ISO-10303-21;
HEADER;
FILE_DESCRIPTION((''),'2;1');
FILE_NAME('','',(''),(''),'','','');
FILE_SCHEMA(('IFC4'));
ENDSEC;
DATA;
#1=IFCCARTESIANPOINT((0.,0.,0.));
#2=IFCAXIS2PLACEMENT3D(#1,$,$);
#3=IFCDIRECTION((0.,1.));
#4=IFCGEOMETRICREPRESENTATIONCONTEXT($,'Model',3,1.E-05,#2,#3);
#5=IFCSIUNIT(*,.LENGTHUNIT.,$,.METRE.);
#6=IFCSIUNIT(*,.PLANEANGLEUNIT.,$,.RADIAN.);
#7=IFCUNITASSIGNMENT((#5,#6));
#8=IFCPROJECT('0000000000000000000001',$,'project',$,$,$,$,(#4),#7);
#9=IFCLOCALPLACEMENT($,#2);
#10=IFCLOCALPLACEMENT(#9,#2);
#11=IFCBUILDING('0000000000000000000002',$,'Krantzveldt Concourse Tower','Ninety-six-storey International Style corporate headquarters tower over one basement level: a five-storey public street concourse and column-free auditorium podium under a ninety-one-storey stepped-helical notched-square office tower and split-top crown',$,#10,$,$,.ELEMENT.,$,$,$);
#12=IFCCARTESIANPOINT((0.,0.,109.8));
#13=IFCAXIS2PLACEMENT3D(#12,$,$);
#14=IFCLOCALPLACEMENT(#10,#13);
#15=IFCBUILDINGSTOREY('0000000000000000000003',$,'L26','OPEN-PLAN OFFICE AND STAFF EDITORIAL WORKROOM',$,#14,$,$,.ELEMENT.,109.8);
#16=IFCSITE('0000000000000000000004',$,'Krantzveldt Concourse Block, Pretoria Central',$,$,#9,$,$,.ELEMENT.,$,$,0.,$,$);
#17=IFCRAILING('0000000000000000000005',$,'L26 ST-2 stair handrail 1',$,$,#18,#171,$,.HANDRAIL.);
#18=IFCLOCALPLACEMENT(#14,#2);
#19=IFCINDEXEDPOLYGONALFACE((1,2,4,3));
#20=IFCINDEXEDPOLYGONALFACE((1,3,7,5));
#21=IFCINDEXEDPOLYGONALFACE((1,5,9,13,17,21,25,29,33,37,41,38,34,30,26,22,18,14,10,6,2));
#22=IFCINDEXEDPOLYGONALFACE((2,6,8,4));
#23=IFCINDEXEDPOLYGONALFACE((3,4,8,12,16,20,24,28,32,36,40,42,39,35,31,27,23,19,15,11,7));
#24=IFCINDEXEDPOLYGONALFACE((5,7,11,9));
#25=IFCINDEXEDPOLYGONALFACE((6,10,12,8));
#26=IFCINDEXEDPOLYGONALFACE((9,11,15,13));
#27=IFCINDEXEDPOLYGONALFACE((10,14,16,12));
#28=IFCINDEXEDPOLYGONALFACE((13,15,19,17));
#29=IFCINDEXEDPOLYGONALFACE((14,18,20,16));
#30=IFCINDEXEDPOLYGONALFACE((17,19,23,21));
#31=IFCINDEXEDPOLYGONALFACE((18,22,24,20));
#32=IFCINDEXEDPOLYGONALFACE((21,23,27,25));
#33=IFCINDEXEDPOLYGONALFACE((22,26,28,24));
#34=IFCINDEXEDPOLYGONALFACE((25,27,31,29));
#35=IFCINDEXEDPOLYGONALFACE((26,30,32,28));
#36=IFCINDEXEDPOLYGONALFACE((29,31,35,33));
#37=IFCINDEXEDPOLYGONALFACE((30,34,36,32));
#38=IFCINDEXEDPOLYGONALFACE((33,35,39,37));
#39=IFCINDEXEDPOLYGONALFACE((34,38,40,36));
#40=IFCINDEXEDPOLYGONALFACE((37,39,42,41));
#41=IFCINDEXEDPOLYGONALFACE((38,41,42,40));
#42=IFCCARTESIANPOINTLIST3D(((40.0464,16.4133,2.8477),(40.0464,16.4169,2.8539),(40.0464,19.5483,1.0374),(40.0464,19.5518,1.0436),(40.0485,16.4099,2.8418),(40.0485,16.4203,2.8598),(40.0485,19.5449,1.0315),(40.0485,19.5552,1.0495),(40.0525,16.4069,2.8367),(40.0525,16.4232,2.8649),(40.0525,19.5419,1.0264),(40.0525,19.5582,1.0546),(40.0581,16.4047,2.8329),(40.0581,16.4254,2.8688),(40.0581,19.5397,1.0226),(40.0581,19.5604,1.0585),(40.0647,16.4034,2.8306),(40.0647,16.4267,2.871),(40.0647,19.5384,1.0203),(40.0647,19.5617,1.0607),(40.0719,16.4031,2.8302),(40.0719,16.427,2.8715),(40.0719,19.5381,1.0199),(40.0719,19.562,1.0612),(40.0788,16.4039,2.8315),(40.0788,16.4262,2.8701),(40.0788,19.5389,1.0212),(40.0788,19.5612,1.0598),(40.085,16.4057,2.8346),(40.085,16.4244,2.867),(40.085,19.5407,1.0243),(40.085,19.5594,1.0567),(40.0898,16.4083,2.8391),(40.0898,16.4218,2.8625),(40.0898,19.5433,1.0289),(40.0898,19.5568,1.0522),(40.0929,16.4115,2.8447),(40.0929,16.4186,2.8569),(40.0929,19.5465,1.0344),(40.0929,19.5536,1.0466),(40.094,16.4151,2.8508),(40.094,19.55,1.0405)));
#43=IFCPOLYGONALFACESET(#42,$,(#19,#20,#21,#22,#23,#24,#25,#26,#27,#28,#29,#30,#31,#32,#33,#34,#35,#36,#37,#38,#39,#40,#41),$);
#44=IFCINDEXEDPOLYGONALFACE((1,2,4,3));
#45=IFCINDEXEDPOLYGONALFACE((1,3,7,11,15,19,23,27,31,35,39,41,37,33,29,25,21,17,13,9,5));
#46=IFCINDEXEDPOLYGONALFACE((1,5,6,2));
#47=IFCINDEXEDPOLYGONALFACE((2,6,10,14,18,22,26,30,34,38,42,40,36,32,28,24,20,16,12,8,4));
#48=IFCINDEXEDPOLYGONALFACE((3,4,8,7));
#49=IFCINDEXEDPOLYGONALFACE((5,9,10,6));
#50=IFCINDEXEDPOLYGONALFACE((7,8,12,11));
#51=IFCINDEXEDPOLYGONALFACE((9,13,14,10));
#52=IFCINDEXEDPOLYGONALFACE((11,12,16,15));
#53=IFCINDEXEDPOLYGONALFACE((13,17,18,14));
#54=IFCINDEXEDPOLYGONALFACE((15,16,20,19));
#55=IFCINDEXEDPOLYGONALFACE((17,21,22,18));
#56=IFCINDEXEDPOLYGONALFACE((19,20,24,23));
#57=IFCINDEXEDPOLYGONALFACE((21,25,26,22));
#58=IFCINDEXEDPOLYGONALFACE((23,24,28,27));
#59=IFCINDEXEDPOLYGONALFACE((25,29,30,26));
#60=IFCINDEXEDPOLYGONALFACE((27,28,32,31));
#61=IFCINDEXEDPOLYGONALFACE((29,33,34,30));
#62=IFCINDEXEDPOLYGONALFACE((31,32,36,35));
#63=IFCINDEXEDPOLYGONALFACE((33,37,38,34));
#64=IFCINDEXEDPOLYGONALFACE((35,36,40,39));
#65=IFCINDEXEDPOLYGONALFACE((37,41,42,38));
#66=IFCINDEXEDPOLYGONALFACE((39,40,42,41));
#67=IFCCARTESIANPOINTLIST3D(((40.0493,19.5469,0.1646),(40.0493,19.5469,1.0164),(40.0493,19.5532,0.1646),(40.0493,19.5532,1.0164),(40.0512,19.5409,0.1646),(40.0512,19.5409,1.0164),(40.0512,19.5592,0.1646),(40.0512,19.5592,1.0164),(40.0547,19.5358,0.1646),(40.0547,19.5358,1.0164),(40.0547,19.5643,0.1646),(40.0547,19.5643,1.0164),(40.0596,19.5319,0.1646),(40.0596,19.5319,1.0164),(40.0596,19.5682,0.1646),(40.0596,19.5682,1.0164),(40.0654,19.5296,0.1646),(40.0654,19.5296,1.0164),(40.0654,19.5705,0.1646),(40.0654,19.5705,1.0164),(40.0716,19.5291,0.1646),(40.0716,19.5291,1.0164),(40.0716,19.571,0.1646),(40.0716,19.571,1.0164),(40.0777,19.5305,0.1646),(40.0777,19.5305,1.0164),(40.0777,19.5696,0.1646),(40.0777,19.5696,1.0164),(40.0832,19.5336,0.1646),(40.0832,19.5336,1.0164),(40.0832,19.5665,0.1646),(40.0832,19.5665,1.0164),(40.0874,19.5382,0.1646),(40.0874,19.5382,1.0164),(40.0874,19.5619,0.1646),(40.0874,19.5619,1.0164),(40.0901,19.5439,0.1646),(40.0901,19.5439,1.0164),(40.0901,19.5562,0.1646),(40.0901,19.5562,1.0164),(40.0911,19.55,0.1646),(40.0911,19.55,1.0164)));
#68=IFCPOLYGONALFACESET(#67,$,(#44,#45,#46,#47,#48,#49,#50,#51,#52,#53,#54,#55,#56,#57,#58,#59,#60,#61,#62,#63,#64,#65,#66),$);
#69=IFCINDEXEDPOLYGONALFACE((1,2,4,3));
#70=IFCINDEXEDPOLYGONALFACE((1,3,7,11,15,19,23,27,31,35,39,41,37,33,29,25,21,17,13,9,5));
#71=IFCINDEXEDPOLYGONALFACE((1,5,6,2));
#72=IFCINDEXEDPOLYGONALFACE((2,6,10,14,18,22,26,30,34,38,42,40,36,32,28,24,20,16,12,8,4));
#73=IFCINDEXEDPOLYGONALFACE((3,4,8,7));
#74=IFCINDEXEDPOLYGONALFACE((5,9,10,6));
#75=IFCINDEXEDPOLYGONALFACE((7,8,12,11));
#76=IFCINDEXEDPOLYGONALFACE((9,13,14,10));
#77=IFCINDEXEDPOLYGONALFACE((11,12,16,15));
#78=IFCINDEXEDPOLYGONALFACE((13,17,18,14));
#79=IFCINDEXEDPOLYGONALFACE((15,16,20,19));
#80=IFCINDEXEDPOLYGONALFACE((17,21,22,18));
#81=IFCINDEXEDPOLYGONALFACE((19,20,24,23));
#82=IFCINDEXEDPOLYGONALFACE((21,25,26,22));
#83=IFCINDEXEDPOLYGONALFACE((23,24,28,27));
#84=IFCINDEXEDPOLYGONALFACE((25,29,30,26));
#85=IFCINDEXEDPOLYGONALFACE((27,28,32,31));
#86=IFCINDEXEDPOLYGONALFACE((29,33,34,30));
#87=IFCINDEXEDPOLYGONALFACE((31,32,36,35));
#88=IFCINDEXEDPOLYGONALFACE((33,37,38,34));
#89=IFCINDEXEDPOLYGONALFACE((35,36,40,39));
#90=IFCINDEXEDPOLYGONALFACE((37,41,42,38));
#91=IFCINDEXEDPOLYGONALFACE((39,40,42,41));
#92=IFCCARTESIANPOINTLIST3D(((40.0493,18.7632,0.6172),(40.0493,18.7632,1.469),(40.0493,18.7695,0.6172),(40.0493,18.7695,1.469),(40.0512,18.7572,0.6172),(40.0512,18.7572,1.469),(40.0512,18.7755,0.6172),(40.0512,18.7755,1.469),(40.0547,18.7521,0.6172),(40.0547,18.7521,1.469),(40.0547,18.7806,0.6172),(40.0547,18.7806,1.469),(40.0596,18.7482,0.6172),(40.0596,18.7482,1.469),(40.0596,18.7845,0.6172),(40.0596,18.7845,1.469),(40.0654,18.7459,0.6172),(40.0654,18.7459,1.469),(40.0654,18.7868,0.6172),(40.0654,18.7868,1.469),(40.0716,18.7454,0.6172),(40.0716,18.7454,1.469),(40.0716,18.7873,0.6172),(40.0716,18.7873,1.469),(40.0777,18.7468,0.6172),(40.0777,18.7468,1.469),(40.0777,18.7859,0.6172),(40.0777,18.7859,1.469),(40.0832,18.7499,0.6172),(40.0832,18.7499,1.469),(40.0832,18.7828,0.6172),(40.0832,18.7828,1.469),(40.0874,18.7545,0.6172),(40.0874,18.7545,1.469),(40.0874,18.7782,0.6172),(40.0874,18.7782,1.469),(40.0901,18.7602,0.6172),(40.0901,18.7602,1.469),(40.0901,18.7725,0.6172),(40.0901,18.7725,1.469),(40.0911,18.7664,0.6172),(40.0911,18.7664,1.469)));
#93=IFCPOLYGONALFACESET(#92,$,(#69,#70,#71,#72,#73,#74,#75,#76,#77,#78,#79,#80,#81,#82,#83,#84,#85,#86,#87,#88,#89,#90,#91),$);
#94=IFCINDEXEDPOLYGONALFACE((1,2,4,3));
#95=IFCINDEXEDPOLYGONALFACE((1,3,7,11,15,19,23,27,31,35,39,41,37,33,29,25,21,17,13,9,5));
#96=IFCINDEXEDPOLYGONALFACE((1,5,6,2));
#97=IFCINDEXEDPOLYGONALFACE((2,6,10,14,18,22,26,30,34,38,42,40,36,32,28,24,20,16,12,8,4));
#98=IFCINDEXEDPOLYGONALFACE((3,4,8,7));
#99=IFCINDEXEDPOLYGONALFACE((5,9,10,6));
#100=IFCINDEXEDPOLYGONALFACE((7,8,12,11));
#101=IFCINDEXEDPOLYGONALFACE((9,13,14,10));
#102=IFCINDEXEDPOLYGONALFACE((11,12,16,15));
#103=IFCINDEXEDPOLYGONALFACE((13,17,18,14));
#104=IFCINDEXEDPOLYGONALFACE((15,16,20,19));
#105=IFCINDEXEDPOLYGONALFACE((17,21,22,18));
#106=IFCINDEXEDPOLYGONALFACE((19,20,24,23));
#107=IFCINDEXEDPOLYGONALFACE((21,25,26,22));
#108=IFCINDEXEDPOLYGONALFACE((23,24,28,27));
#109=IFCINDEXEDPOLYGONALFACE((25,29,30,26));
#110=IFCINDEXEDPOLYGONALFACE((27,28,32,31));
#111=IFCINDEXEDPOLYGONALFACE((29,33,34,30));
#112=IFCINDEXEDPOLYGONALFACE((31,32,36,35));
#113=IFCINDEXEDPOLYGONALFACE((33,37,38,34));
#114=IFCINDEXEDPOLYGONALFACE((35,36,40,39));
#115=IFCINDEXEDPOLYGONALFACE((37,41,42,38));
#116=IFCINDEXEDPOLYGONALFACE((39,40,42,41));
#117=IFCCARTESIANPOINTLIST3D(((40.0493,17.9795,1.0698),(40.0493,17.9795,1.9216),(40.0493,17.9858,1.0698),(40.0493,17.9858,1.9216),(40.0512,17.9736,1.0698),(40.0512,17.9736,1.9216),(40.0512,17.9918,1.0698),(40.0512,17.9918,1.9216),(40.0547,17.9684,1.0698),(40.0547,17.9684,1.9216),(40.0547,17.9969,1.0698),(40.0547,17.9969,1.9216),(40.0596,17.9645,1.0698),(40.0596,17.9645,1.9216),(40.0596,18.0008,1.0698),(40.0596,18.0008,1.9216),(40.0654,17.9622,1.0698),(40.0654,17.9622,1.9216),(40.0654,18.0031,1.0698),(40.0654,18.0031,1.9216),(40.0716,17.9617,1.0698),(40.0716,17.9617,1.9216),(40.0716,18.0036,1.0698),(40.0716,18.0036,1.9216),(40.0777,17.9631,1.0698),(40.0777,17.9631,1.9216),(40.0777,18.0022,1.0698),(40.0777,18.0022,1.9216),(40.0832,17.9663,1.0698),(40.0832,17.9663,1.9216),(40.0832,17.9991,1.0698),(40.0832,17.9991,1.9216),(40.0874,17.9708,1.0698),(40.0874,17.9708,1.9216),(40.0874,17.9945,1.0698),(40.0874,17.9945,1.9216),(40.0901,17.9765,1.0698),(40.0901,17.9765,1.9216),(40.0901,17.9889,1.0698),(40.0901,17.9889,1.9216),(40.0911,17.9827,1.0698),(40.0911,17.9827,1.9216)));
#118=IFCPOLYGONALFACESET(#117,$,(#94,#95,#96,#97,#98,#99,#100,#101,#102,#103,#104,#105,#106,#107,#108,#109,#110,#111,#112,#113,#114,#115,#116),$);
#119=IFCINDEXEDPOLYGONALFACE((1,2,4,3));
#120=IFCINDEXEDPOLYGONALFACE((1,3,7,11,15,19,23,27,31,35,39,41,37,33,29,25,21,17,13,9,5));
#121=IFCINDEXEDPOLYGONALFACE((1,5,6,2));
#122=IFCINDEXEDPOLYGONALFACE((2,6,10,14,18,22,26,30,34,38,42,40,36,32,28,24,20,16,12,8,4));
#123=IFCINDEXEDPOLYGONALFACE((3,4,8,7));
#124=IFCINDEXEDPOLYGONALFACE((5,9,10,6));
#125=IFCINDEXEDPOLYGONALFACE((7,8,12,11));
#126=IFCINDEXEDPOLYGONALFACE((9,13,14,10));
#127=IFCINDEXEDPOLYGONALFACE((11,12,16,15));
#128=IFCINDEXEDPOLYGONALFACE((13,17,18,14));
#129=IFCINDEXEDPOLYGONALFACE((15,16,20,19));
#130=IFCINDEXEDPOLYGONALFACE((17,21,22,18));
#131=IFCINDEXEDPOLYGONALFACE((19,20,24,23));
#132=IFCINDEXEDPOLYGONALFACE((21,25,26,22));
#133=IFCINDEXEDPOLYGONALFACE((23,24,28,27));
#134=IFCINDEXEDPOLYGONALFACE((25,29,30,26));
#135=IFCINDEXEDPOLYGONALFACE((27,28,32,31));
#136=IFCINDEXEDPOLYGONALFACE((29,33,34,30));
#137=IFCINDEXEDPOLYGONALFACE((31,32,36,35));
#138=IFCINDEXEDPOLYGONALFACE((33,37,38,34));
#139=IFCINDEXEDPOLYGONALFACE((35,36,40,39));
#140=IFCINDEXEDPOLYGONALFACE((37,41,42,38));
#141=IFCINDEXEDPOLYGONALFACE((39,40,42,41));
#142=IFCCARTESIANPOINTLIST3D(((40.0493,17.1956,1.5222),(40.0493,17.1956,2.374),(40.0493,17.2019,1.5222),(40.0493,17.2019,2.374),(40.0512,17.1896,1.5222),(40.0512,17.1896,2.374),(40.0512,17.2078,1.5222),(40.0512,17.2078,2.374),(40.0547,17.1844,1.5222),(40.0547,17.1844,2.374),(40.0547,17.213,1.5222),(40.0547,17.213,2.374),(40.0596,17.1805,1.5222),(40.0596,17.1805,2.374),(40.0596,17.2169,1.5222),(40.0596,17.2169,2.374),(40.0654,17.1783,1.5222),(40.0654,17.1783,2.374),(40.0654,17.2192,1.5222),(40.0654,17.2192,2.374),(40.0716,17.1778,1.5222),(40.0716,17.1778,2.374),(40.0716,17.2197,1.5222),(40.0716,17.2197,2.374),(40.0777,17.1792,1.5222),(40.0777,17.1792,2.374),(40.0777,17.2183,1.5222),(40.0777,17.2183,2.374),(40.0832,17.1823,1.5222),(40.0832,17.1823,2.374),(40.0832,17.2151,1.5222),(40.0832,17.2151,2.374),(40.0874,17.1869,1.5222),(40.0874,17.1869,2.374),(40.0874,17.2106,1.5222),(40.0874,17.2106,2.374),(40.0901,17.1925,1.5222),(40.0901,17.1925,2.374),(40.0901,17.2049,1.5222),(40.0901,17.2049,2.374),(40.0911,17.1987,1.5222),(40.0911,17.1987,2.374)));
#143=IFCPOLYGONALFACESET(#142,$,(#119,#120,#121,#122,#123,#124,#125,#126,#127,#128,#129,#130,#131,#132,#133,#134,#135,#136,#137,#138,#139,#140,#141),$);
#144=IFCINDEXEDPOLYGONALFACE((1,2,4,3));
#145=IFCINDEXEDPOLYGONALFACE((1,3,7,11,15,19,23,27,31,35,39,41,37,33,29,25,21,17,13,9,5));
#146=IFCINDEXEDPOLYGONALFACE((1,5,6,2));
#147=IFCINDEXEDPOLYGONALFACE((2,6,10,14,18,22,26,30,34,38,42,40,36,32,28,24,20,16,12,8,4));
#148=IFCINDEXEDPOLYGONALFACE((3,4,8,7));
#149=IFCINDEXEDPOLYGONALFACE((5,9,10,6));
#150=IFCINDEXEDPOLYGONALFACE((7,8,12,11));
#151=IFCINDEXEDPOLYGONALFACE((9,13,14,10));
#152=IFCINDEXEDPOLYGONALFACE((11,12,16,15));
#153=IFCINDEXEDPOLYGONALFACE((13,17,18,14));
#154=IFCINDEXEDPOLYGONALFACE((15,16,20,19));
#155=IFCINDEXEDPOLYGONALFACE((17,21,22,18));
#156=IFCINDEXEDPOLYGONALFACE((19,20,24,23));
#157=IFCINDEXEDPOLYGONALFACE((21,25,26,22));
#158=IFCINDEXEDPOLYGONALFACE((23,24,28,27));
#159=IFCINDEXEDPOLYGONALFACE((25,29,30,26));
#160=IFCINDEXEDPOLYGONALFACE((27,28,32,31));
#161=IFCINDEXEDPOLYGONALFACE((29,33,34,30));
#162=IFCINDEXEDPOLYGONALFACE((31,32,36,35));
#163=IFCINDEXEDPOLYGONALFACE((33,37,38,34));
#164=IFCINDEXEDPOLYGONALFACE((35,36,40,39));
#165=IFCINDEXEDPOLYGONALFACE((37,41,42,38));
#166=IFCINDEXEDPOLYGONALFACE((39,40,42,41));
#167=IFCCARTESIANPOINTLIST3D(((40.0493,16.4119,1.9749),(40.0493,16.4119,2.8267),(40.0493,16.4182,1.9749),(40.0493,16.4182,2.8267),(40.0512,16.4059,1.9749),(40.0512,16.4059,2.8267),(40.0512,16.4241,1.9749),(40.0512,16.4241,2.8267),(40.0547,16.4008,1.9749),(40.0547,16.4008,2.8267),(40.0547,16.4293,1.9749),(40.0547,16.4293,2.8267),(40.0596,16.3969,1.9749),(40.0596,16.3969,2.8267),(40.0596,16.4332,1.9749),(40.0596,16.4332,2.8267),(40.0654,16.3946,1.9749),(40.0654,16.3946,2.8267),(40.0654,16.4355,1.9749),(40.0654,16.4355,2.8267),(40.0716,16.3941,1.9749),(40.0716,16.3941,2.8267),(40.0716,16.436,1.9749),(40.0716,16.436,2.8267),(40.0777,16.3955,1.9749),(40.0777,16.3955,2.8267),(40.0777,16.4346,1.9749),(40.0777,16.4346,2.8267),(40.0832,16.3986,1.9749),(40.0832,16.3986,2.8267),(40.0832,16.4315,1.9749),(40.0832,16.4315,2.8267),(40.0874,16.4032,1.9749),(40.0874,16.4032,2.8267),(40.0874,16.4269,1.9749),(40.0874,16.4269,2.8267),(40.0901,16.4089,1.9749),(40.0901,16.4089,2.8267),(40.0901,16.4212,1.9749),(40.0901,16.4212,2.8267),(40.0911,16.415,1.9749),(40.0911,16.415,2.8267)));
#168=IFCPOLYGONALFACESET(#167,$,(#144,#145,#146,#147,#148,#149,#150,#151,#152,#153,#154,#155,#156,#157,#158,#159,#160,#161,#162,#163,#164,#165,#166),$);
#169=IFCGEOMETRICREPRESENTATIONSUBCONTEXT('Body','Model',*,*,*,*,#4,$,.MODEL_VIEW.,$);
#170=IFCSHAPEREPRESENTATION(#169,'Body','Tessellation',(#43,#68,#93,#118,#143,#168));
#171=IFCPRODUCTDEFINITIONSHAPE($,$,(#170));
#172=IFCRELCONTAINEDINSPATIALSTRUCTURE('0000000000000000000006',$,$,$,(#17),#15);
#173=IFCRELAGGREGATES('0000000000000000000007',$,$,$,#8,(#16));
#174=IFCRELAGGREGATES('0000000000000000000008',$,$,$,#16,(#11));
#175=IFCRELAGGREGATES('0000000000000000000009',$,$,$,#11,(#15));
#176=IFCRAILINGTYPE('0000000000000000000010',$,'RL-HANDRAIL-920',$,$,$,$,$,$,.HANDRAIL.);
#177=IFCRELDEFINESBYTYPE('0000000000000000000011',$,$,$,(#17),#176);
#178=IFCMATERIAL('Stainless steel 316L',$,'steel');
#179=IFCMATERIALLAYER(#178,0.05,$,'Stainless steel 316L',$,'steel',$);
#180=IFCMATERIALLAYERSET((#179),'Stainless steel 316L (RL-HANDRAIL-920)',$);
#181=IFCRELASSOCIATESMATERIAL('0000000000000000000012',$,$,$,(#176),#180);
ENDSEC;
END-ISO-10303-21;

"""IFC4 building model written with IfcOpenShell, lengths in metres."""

from ifc_helpers import new_model, si_unit, direction, frame, origin, origin_2d, place, context, subcontext, project, spatial, circle, extrude, material, layer, layer_set, type_object, element, save


model = new_model("IFC4")

# Units and contexts
model_context = context("Model", 3, precision=1e-05, world=origin(), true_north=direction((0.0, 1.0)))
body_context = subcontext(model_context, "Body", "Model", "MODEL_VIEW")
ifc_project = project(units=[si_unit("LENGTHUNIT", "METRE"), si_unit("PLANEANGLEUNIT", "RADIAN")], contexts=[model_context])

# Site, building, storey
site_placement = place(None, origin())
site = spatial("IfcSite", under=ifc_project, at=site_placement, Name="Krantzveldt Concourse Block, Pretoria Central", CompositionType="ELEMENT", RefElevation=0.0)
building_placement = place(site_placement, origin())
building = spatial("IfcBuilding", under=site, at=building_placement, Name="Krantzveldt Concourse Tower", Description="Ninety-six-storey International Style corporate headquarters tower over one basement level: a five-storey public street concourse and column-free auditorium podium under a ninety-one-storey stepped-helical notched-square office tower and split-top crown", CompositionType="ELEMENT")
storey_placement = place(building_placement, frame((0.0, 0.0, 109.8)))
storey = spatial("IfcBuildingStorey", under=building, at=storey_placement, Name="L26", Description="OPEN-PLAN OFFICE AND STAFF EDITORIAL WORKROOM", CompositionType="ELEMENT", Elevation=109.8)

# Shared definitions
ifc_material_1 = material(Name="Stainless steel 316L", Category="steel")

# Railing
ifc_layer_1 = layer(ifc_material_1, 0.05, Name="Stainless steel 316L", Category="steel")
ifc_layer_set_1 = layer_set([ifc_layer_1], Name="Stainless steel 316L (RL-HANDRAIL-920)")
railing_type_1 = type_object("IfcRailingType", Name="RL-HANDRAIL-920", PredefinedType="HANDRAIL", material=ifc_layer_set_1)
railing_1_placement = place(storey_placement, frame((40.0701, 19.55, 0.1646)))
element("IfcRailing", 1, at=railing_1_placement, inside=storey, type_object=railing_type_1, Name="L26 ST-2 stair handrail 1", PredefinedType="HANDRAIL", context=body_context, shape_type="SweptSolid", body=[
    extrude(circle(Radius=0.0239, at=origin_2d()), frame((0.0, 0.0, 0.876), z_axis=(0.0, -0.865989, 0.500063), x_axis=(1.0, 0.0, 0.0)), (0.0, 0.0, 1.0), 3.6201),
    extrude(circle(Radius=0.021, at=origin_2d()), origin(), (0.0, 0.0, 1.0), 0.8518),
    extrude(circle(Radius=0.021, at=origin_2d()), frame((0.0, -0.7837, 0.4526)), (0.0, 0.0, 1.0), 0.8518),
    extrude(circle(Radius=0.021, at=origin_2d()), frame((0.0, -1.5674, 0.9053)), (0.0, 0.0, 1.0), 0.8518),
    extrude(circle(Radius=0.021, at=origin_2d()), frame((0.0, -2.3513, 1.3577)), (0.0, 0.0, 1.0), 0.8518),
    extrude(circle(Radius=0.021, at=origin_2d()), frame((0.0, -3.135, 1.8103)), (0.0, 0.0, 1.0), 0.8518),
])

save(model, "model.ifc")
